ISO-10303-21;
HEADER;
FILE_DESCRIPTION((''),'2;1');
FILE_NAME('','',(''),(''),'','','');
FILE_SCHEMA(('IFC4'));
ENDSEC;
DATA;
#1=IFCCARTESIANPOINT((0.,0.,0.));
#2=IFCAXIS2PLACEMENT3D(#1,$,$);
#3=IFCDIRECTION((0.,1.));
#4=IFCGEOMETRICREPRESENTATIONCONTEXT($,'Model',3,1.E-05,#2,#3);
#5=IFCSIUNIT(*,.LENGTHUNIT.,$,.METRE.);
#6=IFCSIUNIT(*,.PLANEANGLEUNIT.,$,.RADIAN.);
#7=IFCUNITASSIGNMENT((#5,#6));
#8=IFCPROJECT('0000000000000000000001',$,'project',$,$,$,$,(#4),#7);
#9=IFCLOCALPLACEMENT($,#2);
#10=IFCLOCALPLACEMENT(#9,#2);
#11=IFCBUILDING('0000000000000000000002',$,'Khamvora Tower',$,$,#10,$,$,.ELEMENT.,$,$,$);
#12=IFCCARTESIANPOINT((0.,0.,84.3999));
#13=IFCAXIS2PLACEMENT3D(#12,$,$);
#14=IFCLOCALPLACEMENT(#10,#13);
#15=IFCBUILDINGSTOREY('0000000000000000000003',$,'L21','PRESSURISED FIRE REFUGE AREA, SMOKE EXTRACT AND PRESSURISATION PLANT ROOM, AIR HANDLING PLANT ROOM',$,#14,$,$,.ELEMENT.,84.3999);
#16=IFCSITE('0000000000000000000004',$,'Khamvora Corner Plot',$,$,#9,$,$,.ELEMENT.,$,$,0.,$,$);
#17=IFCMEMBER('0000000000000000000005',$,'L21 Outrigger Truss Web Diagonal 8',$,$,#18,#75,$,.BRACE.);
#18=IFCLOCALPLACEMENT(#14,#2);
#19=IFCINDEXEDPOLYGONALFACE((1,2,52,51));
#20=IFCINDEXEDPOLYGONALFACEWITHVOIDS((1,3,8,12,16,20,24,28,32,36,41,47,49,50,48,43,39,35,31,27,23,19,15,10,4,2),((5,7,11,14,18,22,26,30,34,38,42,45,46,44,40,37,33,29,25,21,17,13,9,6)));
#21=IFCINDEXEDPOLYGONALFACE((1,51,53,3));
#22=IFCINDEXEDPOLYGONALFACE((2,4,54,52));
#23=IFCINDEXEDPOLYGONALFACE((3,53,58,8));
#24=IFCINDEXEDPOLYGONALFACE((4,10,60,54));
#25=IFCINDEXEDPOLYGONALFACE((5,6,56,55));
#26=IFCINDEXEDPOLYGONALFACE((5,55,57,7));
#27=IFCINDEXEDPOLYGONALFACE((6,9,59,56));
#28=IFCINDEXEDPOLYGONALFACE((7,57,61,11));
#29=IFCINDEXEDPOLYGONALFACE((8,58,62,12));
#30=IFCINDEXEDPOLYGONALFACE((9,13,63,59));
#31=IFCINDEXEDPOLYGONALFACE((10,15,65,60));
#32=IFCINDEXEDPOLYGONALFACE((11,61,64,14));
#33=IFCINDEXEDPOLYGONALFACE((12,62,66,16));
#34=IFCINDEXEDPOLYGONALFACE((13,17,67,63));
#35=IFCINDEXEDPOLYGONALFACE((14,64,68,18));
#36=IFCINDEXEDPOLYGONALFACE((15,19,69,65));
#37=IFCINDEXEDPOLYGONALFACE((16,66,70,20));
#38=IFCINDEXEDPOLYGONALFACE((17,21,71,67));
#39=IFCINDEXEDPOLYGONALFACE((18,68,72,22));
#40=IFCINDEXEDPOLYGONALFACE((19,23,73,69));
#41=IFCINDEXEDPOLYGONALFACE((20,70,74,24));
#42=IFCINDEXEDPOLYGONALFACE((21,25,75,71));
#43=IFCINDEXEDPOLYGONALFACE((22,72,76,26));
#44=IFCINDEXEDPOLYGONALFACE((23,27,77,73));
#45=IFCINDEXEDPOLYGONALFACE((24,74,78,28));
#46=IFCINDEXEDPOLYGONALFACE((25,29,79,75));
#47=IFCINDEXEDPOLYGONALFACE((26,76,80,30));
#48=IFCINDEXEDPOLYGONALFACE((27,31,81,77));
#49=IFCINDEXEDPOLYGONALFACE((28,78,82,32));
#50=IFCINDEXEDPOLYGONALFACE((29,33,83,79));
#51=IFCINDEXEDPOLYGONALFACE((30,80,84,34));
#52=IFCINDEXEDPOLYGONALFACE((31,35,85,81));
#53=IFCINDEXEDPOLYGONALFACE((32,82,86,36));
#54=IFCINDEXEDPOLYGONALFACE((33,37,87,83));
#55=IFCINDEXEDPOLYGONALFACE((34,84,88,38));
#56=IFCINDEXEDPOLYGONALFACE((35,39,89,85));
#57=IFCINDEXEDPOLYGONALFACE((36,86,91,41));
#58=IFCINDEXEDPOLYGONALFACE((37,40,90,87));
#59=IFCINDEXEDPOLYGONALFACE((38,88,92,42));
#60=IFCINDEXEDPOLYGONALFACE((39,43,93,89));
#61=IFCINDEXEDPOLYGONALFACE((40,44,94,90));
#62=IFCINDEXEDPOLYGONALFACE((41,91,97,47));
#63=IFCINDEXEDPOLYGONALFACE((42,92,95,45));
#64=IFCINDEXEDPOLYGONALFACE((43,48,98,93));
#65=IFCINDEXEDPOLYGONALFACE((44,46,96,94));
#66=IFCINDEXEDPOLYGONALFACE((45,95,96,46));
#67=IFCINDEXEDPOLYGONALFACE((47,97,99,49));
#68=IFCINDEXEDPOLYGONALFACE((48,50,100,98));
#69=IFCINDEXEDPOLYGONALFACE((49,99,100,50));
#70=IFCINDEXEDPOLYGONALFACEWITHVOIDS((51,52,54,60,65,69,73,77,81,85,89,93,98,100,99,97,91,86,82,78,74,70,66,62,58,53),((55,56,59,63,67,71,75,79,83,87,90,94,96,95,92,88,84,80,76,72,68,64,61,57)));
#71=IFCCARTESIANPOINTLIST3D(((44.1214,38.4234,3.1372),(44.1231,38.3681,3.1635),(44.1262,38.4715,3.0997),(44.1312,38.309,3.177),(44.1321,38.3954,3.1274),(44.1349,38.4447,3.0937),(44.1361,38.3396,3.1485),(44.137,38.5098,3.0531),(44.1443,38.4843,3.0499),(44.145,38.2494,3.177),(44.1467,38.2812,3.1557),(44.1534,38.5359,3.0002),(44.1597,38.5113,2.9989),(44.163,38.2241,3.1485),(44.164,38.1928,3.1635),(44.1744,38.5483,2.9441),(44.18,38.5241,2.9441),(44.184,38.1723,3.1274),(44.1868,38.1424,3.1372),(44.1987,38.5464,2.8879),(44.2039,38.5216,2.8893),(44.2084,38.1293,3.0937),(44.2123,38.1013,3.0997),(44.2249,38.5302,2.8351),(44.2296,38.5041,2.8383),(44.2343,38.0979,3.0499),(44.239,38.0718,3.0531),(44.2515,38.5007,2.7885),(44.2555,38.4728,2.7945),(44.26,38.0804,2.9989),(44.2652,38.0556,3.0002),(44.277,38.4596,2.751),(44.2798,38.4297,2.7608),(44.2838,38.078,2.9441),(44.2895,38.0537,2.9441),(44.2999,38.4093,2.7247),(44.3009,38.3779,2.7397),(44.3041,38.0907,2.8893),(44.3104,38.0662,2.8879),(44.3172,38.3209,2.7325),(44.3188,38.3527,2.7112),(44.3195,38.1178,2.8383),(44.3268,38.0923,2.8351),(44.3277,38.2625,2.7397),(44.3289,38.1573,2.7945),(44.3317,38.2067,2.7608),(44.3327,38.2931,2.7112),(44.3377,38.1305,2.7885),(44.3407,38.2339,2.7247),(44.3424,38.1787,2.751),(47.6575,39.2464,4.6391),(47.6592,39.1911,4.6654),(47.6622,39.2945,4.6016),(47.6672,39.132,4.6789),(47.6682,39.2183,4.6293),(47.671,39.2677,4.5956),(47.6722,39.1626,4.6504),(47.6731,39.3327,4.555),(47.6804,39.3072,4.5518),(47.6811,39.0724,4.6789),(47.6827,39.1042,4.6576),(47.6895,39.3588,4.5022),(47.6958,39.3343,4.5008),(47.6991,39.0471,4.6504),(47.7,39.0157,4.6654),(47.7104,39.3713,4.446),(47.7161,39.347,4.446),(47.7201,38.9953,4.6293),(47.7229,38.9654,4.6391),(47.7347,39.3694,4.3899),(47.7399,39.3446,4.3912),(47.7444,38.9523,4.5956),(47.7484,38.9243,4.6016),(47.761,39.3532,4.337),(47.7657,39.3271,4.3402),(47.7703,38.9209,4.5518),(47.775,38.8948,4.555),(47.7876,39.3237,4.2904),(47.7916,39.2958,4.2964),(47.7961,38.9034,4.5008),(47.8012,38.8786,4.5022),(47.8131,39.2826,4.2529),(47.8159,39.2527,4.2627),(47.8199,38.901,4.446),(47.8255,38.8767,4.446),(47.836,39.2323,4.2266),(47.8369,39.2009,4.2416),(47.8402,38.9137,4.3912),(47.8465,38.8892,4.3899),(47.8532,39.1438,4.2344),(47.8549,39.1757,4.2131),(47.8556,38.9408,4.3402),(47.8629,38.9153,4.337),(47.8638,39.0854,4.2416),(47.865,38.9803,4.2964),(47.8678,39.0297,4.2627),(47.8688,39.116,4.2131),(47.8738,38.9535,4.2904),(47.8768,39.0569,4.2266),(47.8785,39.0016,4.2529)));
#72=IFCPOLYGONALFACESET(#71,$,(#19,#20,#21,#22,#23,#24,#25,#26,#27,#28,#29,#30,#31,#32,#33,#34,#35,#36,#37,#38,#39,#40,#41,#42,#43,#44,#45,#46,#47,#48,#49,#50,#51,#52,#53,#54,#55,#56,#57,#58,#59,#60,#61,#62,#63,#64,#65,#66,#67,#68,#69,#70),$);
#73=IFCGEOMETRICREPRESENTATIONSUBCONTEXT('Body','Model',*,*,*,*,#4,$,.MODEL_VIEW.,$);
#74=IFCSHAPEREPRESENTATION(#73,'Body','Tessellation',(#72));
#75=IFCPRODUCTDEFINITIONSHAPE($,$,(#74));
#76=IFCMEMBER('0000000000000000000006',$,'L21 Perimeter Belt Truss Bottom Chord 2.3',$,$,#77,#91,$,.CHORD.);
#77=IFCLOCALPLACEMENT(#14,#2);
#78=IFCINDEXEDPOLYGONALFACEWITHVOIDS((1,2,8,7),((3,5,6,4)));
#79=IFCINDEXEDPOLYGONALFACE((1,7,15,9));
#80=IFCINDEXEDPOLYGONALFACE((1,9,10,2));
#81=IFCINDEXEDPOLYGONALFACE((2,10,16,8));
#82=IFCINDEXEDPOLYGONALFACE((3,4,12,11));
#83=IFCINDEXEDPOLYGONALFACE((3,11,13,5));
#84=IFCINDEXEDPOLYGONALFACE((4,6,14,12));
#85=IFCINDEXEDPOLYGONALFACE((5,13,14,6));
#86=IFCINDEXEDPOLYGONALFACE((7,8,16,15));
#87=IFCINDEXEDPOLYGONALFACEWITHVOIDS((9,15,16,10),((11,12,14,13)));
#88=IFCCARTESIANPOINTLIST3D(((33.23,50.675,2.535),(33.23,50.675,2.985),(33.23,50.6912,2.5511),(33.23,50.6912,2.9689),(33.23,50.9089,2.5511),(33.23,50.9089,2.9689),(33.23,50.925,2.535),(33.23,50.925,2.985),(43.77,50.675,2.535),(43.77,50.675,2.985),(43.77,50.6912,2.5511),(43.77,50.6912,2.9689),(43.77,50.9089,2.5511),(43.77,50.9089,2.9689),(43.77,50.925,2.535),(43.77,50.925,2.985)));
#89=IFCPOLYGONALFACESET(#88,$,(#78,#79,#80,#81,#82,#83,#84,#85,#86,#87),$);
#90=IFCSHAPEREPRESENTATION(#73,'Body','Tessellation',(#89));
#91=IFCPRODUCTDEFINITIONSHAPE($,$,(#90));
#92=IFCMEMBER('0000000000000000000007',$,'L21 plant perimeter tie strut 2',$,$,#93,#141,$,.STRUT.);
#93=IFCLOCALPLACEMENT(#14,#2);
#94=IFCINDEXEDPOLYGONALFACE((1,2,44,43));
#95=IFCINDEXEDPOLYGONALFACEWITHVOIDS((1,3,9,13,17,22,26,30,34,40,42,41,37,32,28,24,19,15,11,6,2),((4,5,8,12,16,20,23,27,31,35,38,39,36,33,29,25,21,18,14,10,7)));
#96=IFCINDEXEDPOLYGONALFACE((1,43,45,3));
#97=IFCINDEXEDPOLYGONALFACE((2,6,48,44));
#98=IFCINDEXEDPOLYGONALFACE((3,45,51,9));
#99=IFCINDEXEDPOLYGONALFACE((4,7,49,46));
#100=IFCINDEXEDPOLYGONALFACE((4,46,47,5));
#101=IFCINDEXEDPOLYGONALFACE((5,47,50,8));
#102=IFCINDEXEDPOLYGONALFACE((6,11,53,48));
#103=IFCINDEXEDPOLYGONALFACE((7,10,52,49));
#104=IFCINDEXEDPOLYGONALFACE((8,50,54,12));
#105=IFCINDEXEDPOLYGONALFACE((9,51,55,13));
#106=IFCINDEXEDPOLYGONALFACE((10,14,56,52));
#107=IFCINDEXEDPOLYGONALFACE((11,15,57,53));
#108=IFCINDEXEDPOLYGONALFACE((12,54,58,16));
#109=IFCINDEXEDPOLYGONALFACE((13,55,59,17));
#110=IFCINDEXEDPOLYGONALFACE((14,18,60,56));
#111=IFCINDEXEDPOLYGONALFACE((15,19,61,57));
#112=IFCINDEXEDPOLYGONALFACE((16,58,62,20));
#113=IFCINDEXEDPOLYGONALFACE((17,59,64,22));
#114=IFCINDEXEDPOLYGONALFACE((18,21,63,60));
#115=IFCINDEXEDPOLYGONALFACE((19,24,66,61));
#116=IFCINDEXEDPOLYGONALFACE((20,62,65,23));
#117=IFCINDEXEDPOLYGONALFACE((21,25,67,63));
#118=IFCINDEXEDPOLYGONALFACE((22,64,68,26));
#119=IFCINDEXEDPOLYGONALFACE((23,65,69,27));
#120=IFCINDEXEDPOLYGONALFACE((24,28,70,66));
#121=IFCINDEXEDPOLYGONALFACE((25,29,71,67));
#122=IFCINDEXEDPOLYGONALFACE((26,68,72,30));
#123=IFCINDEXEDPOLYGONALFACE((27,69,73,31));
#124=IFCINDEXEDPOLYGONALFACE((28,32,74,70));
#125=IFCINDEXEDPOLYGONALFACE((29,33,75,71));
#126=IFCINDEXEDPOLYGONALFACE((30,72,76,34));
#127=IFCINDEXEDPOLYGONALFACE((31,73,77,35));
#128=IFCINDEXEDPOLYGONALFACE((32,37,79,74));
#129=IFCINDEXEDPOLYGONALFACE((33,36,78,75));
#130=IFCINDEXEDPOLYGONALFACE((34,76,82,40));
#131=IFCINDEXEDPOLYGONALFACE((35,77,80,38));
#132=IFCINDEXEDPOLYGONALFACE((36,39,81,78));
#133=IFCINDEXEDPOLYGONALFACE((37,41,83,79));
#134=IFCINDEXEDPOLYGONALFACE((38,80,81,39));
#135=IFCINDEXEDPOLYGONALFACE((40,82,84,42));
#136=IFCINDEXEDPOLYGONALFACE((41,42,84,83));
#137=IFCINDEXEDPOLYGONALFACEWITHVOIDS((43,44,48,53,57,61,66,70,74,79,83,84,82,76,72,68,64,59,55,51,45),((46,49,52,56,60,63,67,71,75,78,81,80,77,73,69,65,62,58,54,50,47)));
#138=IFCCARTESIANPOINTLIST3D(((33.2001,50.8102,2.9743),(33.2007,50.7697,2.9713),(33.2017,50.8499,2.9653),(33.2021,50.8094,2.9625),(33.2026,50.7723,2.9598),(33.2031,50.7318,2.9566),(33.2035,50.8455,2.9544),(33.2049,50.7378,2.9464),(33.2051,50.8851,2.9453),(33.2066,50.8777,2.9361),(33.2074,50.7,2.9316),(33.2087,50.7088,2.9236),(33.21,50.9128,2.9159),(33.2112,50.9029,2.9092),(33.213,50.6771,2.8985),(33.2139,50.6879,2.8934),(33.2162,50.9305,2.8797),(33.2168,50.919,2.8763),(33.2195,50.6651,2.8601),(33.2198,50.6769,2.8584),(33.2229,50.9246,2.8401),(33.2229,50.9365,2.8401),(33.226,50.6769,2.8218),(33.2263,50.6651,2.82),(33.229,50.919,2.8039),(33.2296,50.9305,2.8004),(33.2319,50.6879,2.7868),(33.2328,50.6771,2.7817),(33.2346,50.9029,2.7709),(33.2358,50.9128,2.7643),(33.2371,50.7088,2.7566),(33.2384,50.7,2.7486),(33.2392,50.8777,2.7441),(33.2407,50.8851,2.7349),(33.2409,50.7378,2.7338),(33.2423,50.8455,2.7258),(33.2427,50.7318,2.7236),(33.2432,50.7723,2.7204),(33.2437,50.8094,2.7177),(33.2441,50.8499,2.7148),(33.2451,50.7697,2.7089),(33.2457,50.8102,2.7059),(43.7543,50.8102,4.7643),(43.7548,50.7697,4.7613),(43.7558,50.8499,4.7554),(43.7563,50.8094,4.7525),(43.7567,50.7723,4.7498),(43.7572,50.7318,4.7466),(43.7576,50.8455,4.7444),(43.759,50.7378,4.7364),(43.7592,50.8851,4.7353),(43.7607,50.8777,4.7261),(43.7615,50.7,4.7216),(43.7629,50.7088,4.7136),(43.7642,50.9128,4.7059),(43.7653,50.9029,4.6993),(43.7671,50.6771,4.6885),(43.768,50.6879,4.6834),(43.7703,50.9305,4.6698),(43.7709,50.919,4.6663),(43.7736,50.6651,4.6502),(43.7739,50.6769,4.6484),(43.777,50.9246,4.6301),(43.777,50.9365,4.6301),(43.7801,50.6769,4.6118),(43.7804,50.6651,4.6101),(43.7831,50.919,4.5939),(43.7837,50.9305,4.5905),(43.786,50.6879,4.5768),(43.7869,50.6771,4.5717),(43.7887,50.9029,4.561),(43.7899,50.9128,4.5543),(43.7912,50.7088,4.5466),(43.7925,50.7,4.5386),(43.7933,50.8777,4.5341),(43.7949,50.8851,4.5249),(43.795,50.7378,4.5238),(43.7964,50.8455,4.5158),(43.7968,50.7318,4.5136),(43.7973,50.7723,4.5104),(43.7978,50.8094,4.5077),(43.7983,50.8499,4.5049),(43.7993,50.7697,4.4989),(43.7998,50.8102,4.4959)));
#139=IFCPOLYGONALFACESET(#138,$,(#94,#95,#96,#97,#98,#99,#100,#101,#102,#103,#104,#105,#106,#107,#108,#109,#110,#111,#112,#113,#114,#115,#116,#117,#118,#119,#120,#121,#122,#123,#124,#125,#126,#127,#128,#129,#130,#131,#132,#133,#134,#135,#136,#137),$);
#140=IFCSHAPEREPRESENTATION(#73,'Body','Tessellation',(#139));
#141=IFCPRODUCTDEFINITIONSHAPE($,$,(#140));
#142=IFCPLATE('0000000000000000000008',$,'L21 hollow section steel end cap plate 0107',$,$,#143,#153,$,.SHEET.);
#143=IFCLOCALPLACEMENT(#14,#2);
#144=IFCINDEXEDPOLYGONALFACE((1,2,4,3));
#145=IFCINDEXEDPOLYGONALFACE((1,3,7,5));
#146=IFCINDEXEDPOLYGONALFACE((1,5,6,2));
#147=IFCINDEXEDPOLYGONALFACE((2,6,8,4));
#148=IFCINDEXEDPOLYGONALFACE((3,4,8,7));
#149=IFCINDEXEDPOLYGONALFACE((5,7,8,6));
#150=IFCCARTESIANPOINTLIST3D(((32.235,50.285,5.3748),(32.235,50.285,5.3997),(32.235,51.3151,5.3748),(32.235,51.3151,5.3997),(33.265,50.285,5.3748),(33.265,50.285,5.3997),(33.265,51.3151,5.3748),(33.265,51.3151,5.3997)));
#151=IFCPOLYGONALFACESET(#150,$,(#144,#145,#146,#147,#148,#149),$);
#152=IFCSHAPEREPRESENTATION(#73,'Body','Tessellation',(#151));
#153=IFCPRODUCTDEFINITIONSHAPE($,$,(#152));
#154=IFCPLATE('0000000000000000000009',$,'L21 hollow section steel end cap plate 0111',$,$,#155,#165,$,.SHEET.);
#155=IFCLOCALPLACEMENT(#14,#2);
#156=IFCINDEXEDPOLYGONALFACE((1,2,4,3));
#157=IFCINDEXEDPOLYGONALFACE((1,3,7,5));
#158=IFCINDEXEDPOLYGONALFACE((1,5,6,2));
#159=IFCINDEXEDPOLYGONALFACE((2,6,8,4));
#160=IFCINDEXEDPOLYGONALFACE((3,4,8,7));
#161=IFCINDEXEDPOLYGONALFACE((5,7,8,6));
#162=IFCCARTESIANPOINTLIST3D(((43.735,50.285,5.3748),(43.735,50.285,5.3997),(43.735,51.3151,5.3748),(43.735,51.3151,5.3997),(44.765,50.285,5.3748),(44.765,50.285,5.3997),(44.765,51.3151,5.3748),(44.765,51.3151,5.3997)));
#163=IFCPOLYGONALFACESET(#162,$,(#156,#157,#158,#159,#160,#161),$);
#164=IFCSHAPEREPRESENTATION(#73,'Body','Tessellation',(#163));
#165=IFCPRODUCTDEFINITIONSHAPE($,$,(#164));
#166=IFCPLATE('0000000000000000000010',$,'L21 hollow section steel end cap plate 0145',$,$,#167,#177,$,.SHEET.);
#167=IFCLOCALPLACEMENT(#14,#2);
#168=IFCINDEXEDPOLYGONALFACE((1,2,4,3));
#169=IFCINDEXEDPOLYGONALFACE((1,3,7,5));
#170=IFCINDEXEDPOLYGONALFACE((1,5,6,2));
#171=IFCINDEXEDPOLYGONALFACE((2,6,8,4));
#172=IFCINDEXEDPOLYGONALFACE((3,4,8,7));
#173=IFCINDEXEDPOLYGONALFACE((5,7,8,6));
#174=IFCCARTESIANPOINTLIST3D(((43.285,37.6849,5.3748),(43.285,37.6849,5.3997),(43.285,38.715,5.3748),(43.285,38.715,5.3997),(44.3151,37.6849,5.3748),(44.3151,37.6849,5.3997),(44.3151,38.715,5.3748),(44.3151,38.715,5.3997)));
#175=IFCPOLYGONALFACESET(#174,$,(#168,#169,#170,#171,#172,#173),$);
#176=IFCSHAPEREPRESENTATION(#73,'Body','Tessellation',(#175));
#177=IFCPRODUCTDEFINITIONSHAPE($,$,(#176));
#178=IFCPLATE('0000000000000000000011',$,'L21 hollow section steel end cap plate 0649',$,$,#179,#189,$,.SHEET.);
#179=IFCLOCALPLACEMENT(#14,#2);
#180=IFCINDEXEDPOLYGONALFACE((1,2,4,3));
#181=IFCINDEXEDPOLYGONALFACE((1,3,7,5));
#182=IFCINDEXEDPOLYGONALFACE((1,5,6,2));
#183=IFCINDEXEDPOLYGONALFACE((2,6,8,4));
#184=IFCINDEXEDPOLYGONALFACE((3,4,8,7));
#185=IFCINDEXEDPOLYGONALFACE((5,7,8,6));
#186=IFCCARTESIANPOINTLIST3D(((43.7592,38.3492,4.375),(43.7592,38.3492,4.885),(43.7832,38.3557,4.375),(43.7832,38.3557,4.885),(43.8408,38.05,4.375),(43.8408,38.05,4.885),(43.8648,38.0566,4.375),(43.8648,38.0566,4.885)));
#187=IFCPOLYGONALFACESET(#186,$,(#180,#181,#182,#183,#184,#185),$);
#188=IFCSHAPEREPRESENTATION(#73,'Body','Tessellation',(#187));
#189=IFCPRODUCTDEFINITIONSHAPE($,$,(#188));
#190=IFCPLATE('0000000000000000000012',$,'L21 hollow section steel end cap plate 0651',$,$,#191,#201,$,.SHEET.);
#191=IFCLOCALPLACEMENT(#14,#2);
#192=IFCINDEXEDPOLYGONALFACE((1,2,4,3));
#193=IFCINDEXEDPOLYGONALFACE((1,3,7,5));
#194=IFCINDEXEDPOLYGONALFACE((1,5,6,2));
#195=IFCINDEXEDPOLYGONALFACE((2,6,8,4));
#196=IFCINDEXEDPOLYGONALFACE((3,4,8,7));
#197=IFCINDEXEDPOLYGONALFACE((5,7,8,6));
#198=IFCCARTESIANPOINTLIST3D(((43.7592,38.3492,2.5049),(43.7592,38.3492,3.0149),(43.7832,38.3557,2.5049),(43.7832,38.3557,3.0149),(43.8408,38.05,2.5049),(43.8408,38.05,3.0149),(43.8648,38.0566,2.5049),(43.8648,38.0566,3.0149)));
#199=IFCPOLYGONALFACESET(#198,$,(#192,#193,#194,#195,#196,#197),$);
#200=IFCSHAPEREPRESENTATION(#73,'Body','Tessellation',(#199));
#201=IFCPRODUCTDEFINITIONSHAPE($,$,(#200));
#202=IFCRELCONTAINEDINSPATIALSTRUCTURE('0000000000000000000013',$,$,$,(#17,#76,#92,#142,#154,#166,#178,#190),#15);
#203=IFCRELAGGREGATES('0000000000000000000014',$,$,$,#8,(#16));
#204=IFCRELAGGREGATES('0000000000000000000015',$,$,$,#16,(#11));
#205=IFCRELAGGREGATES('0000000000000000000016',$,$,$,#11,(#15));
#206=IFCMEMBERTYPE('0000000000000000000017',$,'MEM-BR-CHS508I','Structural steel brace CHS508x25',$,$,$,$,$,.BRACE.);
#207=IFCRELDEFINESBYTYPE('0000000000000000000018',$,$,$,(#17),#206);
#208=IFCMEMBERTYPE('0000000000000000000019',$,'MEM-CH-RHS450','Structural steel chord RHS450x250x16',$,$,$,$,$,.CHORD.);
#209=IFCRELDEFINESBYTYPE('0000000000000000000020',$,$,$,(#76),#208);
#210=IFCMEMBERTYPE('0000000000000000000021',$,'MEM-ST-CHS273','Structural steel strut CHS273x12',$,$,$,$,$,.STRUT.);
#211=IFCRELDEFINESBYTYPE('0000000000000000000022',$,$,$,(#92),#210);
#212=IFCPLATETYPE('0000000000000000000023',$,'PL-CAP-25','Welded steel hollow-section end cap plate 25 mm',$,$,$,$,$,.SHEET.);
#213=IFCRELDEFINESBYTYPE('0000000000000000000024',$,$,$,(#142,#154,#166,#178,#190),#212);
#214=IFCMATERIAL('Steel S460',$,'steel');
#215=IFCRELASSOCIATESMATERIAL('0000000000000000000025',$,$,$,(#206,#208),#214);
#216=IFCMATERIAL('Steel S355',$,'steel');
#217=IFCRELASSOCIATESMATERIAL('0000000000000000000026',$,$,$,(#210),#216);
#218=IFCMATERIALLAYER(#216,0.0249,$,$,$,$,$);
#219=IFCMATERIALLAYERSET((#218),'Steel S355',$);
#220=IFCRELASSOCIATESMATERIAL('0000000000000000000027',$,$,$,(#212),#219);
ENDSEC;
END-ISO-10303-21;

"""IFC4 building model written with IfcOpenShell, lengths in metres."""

from ifc_helpers import new_model, si_unit, direction, frame, origin, origin_2d, place, context, subcontext, project, spatial, rectangle, hollow_rectangle, hollow_circle, extrude, material, layer, layer_set, material_profile, profile_set, type_object, element, save


model = new_model("IFC4")

# Units and contexts
model_context = context("Model", 3, precision=1e-05, world=origin(), true_north=direction((0.0, 1.0)))
body_context = subcontext(model_context, "Body", "Model", "MODEL_VIEW")
ifc_project = project(units=[si_unit("LENGTHUNIT", "METRE"), si_unit("PLANEANGLEUNIT", "RADIAN")], contexts=[model_context])

# Site, building, storey
site_placement = place(None, origin())
site = spatial("IfcSite", under=ifc_project, at=site_placement, Name="Khamvora Corner Plot", CompositionType="ELEMENT", RefElevation=0.0)
building_placement = place(site_placement, origin())
building = spatial("IfcBuilding", under=site, at=building_placement, Name="Khamvora Tower", CompositionType="ELEMENT")
storey_placement = place(building_placement, frame((0.0, 0.0, 84.3999)))
storey = spatial("IfcBuildingStorey", under=building, at=storey_placement, Name="L21", Description="PRESSURISED FIRE REFUGE AREA, SMOKE EXTRACT AND PRESSURISATION PLANT ROOM, AIR HANDLING PLANT ROOM", CompositionType="ELEMENT", Elevation=84.3999)

# Shared definitions
ifc_material_1 = material(Name="Steel S355", Category="steel")

# Shared definitions
ifc_material_2 = material(Name="Steel S460", Category="steel")

# Members
ifc_material_profile_1 = material_profile(ifc_material_2, hollow_circle(Radius=0.2539, WallThickness=0.0249, at=origin_2d()), Name="CHS508x25")
ifc_profile_set_1 = profile_set([ifc_material_profile_1], Name="Steel S460")
member_type_1 = type_object("IfcMemberType", Name="MEM-BR-CHS508I", Description="Structural steel brace CHS508x25", PredefinedType="BRACE", material=ifc_profile_set_1)
member_1_placement = place(storey_placement, frame((44.2319, 38.301, 2.9441), z_axis=(0.899997, 0.209465, 0.382269), x_axis=(-0.226681, 0.973969, 0.0)))
element("IfcMember", 1, at=member_1_placement, inside=storey, type_object=member_type_1, Name="L21 Outrigger Truss Web Diagonal 8", PredefinedType="BRACE", context=body_context, shape_type="SweptSolid", body=[
    extrude(hollow_circle(Radius=0.2539, WallThickness=0.0249, at=origin_2d()), origin(), (0.0, 0.0, 1.0), 3.929),
])
ifc_material_profile_2 = material_profile(ifc_material_2, hollow_rectangle(XDim=0.25, YDim=0.45, WallThickness=0.0161, at=origin_2d()), Name="RHS450x250x16")
ifc_profile_set_2 = profile_set([ifc_material_profile_2], Name="Steel S460")
member_type_2 = type_object("IfcMemberType", Name="MEM-CH-RHS450", Description="Structural steel chord RHS450x250x16", PredefinedType="CHORD", material=ifc_profile_set_2)
member_2_placement = place(storey_placement, frame((33.23, 50.8, 2.76), z_axis=(1.0, 0.0, 0.0), x_axis=(0.0, 1.0, 0.0)))
element("IfcMember", 2, at=member_2_placement, inside=storey, type_object=member_type_2, Name="L21 Perimeter Belt Truss Bottom Chord 2.3", PredefinedType="CHORD", context=body_context, shape_type="SweptSolid", body=[
    extrude(hollow_rectangle(XDim=0.25, YDim=0.45, WallThickness=0.0161, at=origin_2d()), origin(), (0.0, 0.0, 1.0), 10.54),
])
ifc_material_profile_3 = material_profile(ifc_material_1, hollow_circle(Radius=0.1365, WallThickness=0.012, at=origin_2d()), Name="CHS273x12")
ifc_profile_set_3 = profile_set([ifc_material_profile_3], Name="Steel S355")
member_type_3 = type_object("IfcMemberType", Name="MEM-ST-CHS273", Description="Structural steel strut CHS273x12", PredefinedType="STRUT", material=ifc_profile_set_3)
member_3_placement = place(storey_placement, frame((33.2229, 50.8, 2.8401), z_axis=(0.98592, 0.0, 0.167216), x_axis=(0.0, 1.0, 0.0)))
element("IfcMember", 3, at=member_3_placement, inside=storey, type_object=member_type_3, Name="L21 plant perimeter tie strut 2", PredefinedType="STRUT", context=body_context, shape_type="SweptSolid", body=[
    extrude(hollow_circle(Radius=0.1365, WallThickness=0.012, at=origin_2d()), origin(), (0.0, 0.0, 1.0), 10.7048),
])

# Plates
ifc_layer_1 = layer(ifc_material_1, 0.0249)
ifc_layer_set_1 = layer_set([ifc_layer_1], Name="Steel S355")
plate_type_1 = type_object("IfcPlateType", Name="PL-CAP-25", Description="Welded steel hollow-section end cap plate 25 mm", PredefinedType="SHEET", material=ifc_layer_set_1)
for number, where, z_axis, x_axis, name in (
    (4, (32.75, 50.8, 5.3748), (0.0, 0.0, 1.0), (1.0, 0.0, 0.0), "L21 hollow section steel end cap plate 0107"),
    (5, (44.25, 50.8, 5.3748), (0.0, 0.0, 1.0), (1.0, 0.0, 0.0), "L21 hollow section steel end cap plate 0111"),
    (6, (43.8, 38.2, 5.3748), (0.0, 0.0, 1.0), (1.0, 0.0, 0.0), "L21 hollow section steel end cap plate 0145"),
):
    element("IfcPlate", number, at=place(storey_placement, frame(where, z_axis=z_axis, x_axis=x_axis)), inside=storey, type_object=plate_type_1, Name=name, PredefinedType="SHEET", context=body_context, shape_type="SweptSolid", body=[
        extrude(rectangle(XDim=1.03, YDim=1.03, at=origin_2d()), origin(), (0.0, 0.0, 1.0), 0.0249),
    ])
for number, where, z_axis, x_axis, name in (
    (7, (43.812, 38.2029, 4.375), (0.0, 0.0, 1.0), (0.964764, 0.263115, 0.0), "L21 hollow section steel end cap plate 0649"),
    (8, (43.812, 38.2029, 2.5049), (0.0, 0.0, 1.0), (0.964764, 0.263115, 0.0), "L21 hollow section steel end cap plate 0651"),
):
    element("IfcPlate", number, at=place(storey_placement, frame(where, z_axis=z_axis, x_axis=x_axis)), inside=storey, type_object=plate_type_1, Name=name, PredefinedType="SHEET", context=body_context, shape_type="SweptSolid", body=[
        extrude(rectangle(XDim=0.0249, YDim=0.3101, at=origin_2d()), origin(), (0.0, 0.0, 1.0), 0.51),
    ])

save(model, "model.ifc")
